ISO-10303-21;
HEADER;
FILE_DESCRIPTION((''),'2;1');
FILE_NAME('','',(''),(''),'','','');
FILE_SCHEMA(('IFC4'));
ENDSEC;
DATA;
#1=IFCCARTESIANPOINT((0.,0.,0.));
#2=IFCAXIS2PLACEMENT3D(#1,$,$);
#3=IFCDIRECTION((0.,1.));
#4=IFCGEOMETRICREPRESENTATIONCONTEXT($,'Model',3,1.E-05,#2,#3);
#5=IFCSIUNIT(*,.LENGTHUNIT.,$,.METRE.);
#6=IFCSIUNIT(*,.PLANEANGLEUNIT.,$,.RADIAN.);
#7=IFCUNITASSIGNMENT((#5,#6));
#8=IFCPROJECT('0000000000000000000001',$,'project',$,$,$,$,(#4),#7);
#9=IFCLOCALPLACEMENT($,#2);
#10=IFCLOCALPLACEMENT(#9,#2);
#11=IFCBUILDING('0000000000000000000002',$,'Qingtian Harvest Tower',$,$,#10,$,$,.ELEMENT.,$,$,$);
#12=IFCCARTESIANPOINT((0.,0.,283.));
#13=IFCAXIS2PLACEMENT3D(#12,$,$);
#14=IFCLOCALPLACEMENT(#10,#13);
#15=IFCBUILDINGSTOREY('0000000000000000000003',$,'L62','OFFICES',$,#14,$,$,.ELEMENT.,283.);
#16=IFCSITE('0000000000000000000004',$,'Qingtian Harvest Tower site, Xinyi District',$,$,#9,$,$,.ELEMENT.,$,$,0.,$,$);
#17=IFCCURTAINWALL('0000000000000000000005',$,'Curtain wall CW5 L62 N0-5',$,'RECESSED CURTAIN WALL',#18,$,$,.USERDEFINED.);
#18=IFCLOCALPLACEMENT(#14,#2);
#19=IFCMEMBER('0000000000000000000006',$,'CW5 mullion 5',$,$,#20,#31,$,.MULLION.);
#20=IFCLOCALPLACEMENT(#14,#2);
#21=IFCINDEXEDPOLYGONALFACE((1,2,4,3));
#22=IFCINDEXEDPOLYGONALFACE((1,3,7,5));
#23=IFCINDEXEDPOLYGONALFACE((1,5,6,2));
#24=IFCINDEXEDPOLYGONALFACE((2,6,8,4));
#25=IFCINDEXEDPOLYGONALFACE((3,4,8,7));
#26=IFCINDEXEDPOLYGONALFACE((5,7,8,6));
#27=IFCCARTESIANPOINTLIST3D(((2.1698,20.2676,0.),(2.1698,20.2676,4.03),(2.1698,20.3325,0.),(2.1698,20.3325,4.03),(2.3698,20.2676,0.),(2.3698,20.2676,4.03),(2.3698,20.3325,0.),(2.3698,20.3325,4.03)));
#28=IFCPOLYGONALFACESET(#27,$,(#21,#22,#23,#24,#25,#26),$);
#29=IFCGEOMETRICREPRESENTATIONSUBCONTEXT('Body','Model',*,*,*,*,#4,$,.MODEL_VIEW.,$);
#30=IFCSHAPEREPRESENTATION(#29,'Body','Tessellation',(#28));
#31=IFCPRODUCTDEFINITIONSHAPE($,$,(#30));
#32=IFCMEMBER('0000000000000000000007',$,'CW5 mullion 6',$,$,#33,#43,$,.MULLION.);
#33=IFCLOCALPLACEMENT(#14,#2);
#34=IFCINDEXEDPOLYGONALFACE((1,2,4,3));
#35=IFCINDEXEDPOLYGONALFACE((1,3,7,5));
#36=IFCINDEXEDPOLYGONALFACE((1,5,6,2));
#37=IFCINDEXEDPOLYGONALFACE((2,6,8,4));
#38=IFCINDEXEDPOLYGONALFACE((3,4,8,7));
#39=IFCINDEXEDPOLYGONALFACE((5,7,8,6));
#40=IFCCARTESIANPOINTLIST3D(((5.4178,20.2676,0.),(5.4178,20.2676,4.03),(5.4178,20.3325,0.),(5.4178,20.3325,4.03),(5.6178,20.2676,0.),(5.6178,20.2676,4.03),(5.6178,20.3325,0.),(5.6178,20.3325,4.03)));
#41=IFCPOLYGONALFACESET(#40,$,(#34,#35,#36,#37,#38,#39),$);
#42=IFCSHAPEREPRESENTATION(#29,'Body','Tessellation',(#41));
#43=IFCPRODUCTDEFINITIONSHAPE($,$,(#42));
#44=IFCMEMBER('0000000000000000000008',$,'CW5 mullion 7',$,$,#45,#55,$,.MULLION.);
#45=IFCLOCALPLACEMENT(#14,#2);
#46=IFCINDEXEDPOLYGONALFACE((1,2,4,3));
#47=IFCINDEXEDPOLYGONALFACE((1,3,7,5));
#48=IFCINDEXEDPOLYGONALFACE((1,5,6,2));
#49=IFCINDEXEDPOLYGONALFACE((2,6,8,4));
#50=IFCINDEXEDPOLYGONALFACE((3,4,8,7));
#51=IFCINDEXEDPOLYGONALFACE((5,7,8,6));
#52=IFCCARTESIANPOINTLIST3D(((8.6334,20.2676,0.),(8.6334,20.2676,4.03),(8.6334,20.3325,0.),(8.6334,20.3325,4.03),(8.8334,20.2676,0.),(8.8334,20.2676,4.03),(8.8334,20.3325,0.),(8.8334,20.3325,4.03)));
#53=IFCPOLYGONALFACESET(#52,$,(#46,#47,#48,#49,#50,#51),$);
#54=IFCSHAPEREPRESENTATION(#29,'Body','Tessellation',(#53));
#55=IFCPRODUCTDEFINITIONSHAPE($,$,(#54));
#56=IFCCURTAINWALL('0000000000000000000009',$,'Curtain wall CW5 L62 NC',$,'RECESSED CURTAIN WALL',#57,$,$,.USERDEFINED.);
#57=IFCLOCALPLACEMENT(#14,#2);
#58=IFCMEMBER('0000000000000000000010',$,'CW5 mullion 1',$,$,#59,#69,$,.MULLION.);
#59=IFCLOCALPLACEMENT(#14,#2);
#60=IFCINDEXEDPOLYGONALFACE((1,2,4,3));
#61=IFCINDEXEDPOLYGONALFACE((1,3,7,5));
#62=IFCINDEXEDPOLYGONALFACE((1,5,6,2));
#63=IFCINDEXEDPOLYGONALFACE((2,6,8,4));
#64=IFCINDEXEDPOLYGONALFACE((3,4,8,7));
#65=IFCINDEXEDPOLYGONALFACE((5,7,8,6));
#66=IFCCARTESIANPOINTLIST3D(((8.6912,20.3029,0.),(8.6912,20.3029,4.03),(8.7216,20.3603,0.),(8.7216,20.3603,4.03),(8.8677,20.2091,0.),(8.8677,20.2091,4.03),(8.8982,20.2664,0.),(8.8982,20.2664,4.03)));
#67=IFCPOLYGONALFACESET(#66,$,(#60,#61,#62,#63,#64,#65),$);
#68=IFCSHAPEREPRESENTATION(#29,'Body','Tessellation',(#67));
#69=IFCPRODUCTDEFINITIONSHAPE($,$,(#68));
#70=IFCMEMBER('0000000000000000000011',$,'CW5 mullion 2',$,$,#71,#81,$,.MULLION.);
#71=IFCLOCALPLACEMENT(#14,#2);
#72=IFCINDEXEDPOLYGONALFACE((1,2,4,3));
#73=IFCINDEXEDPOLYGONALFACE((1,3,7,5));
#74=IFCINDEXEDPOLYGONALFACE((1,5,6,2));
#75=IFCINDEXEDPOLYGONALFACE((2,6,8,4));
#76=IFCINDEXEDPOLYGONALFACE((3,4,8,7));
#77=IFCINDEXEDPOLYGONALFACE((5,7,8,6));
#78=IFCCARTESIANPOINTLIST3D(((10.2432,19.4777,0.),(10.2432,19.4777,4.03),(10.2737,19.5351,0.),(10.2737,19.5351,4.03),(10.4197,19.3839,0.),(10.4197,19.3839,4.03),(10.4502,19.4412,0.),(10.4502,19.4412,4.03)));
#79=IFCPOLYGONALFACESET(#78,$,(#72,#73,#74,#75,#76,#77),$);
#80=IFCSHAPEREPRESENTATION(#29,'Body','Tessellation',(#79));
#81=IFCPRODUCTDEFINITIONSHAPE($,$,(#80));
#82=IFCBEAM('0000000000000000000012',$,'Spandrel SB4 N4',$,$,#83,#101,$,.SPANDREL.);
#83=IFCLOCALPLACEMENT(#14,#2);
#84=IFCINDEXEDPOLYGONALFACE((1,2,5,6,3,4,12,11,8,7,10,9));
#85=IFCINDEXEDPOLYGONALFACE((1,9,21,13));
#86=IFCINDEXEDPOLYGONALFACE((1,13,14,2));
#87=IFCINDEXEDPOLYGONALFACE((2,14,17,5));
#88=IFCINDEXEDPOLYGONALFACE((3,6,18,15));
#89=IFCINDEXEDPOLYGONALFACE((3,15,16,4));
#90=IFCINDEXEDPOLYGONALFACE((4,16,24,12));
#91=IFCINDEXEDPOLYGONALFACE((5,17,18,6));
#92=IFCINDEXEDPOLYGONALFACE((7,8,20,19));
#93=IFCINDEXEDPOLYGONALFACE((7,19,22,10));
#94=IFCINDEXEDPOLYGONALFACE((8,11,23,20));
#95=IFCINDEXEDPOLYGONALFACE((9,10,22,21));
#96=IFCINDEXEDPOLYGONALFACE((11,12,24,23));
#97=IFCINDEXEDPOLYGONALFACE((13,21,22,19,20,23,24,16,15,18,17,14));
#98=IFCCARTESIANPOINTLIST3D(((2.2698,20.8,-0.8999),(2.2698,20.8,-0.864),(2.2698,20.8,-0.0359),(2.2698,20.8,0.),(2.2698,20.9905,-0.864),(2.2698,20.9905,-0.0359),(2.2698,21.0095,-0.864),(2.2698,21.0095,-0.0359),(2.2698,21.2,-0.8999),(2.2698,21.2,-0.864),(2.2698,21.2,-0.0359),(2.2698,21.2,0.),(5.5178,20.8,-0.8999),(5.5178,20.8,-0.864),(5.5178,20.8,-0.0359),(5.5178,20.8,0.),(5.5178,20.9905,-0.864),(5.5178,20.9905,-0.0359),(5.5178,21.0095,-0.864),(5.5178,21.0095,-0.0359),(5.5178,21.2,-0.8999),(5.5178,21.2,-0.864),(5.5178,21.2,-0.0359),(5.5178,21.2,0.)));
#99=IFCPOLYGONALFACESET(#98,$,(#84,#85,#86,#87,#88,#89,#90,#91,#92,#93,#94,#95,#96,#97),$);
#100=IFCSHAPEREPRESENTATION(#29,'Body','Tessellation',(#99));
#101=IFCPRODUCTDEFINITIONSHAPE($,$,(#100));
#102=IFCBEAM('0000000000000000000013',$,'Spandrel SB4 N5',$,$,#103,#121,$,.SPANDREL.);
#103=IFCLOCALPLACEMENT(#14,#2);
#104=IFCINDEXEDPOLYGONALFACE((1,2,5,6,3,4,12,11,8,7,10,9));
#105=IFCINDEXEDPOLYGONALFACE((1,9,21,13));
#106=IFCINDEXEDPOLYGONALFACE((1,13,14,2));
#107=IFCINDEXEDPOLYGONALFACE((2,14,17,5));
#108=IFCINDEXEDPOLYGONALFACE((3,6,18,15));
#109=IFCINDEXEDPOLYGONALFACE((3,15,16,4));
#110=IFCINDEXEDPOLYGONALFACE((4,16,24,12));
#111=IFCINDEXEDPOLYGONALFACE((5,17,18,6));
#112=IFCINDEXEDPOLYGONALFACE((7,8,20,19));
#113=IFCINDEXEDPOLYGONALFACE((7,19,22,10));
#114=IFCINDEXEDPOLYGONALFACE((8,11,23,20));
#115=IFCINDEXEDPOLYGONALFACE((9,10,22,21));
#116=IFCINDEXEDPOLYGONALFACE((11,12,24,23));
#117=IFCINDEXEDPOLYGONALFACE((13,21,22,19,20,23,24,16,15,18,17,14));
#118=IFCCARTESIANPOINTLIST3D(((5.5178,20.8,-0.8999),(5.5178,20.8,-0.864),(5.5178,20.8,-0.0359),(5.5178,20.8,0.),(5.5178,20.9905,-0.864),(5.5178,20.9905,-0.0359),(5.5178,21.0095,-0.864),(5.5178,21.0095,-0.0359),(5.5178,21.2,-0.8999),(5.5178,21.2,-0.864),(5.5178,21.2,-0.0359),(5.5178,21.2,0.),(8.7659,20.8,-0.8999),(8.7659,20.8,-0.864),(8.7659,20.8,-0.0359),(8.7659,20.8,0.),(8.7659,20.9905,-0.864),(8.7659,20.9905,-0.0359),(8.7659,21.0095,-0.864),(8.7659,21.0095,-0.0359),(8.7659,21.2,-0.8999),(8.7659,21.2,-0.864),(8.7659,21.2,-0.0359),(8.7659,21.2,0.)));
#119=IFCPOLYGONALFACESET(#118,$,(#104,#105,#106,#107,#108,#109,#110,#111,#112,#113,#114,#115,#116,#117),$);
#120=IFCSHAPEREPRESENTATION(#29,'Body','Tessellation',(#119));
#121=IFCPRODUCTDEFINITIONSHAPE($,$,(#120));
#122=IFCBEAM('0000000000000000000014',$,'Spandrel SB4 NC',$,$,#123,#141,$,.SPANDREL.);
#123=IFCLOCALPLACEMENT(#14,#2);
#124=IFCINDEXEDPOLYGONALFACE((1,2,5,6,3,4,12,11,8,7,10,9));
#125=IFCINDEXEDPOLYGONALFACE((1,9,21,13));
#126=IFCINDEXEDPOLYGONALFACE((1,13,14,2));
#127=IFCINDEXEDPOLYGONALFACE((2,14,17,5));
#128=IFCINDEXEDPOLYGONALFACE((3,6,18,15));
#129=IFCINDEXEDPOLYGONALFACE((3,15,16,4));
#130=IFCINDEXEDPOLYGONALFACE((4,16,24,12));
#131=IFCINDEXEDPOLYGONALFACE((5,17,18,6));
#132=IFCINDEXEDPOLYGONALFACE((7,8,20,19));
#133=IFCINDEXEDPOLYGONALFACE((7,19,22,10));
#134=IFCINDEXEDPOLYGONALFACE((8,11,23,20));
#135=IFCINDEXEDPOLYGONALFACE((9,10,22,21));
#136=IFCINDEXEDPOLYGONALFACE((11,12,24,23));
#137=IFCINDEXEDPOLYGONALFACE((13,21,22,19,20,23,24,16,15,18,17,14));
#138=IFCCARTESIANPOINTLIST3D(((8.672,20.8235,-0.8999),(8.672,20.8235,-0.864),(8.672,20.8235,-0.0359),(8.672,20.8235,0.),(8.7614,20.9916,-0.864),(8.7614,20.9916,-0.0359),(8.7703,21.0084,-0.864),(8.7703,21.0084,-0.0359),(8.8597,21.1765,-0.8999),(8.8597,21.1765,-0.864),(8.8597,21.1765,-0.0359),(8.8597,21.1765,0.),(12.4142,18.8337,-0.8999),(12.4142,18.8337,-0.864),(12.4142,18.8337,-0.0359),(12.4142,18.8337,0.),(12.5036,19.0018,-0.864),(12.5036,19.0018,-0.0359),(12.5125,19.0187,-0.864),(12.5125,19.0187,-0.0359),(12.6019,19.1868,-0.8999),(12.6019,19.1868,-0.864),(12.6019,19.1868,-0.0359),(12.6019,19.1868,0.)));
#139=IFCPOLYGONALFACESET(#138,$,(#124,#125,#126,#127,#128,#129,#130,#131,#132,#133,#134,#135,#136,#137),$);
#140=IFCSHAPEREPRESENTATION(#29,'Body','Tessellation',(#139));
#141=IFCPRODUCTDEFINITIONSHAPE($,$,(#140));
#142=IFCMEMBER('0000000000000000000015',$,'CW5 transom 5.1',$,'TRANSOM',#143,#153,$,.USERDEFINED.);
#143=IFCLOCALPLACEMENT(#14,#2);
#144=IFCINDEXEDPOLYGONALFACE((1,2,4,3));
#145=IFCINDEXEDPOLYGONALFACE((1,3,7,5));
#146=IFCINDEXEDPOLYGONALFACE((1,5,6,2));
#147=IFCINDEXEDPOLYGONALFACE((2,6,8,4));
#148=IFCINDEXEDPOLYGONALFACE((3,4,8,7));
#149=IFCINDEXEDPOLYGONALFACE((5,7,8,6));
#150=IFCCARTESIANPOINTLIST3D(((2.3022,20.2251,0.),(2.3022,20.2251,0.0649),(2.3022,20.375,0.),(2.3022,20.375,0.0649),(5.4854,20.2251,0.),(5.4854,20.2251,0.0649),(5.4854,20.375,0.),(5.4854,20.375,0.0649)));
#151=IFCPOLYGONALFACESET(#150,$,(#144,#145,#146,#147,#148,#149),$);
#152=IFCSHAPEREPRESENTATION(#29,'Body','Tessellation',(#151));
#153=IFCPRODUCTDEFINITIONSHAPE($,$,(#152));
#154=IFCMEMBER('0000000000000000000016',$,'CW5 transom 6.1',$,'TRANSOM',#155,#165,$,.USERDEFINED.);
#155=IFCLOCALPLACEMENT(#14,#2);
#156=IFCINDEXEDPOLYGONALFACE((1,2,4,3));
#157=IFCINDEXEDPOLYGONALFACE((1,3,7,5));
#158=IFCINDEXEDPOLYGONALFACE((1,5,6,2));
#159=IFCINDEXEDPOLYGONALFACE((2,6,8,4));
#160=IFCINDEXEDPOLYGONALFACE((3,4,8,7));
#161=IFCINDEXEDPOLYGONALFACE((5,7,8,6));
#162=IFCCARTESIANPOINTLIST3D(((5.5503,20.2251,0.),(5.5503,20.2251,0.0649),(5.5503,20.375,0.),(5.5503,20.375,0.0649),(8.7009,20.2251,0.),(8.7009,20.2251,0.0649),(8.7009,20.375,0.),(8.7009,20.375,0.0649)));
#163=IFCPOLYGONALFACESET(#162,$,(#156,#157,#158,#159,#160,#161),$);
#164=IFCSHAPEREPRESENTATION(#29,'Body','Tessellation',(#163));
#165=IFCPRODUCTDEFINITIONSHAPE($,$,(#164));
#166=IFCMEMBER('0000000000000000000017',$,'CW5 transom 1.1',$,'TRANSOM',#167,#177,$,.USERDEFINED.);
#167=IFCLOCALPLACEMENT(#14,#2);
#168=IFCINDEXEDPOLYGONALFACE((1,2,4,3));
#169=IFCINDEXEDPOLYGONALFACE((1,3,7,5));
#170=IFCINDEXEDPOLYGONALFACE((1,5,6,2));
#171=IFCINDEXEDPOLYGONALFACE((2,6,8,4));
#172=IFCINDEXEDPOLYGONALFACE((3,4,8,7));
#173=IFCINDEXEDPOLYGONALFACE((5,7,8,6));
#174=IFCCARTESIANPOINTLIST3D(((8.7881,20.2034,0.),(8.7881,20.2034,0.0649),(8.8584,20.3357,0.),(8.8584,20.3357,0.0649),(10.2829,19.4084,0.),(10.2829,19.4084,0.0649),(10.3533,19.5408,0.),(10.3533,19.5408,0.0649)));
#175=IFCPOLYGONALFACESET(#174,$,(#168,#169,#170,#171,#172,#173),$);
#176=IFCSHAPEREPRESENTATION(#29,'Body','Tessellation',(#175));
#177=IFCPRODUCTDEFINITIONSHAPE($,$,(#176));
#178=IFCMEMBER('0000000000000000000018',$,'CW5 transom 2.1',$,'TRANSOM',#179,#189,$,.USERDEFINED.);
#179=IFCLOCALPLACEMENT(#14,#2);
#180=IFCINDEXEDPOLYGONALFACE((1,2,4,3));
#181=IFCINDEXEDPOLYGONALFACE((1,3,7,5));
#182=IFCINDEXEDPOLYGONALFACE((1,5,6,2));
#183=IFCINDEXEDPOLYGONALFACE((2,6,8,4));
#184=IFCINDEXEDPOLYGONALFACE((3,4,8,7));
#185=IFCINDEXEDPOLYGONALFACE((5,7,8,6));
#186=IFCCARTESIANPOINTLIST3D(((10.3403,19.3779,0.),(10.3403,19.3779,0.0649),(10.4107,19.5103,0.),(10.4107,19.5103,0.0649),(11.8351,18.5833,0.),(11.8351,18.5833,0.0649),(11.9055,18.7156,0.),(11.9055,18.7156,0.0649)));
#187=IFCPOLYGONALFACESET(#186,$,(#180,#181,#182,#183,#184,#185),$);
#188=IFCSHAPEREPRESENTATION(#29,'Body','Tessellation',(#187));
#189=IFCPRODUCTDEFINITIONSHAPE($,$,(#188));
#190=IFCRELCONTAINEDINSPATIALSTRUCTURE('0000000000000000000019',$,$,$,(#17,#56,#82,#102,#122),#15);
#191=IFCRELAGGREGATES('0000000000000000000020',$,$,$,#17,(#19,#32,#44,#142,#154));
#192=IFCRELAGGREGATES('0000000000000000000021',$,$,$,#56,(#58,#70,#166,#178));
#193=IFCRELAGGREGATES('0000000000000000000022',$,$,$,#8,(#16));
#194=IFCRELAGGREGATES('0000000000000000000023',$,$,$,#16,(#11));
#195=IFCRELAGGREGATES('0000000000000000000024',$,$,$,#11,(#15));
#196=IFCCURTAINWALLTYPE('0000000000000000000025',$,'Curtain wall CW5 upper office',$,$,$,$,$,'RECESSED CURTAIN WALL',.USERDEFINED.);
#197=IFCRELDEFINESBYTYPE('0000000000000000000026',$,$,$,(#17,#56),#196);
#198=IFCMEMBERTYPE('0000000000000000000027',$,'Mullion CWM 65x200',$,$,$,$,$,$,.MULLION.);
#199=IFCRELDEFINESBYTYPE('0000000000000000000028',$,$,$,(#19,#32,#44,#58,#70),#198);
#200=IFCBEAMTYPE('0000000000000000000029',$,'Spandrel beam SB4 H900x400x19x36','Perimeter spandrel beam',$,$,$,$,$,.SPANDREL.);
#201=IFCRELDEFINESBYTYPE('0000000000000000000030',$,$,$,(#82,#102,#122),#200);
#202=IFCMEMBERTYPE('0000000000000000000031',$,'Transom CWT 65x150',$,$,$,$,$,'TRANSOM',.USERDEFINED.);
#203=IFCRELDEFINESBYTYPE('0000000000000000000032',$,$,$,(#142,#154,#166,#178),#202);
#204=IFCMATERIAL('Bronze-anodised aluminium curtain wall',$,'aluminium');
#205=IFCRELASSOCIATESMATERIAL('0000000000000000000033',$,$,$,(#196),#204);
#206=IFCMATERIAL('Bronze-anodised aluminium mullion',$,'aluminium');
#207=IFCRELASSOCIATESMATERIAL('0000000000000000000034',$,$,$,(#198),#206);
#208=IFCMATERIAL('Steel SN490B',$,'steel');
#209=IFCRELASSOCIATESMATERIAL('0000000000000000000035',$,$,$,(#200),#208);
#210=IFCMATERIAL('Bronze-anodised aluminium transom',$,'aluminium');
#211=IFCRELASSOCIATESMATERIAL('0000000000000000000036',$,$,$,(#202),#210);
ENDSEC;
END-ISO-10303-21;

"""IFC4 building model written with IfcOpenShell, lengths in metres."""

from ifc_helpers import new_model, si_unit, direction, frame, origin, origin_2d, place, context, subcontext, project, spatial, rectangle, i_section, extrude, material, material_profile, profile_set, type_object, element, aggregate, save


model = new_model("IFC4")

# Units and contexts
model_context = context("Model", 3, precision=1e-05, world=origin(), true_north=direction((0.0, 1.0)))
body_context = subcontext(model_context, "Body", "Model", "MODEL_VIEW")
ifc_project = project(units=[si_unit("LENGTHUNIT", "METRE"), si_unit("PLANEANGLEUNIT", "RADIAN")], contexts=[model_context])

# Site, building, storey
site_placement = place(None, origin())
site = spatial("IfcSite", under=ifc_project, at=site_placement, Name="Qingtian Harvest Tower site, Xinyi District", CompositionType="ELEMENT", RefElevation=0.0)
building_placement = place(site_placement, origin())
building = spatial("IfcBuilding", under=site, at=building_placement, Name="Qingtian Harvest Tower", CompositionType="ELEMENT")
storey_placement = place(building_placement, frame((0.0, 0.0, 283.0)))
storey = spatial("IfcBuildingStorey", under=building, at=storey_placement, Name="L62", Description="OFFICES", CompositionType="ELEMENT", Elevation=283.0)

# Curtain walls, members
ifc_material_1 = material(Name="Bronze-anodised aluminium curtain wall", Category="aluminium")
curtain_wall_type = type_object("IfcCurtainWallType", Name="Curtain wall CW5 upper office", ElementType="RECESSED CURTAIN WALL", PredefinedType="USERDEFINED", material=ifc_material_1)
curtain_wall_1_placement = place(storey_placement, origin())
curtain_wall_1 = element("IfcCurtainWall", 1, at=curtain_wall_1_placement, inside=storey, type_object=curtain_wall_type, Name="Curtain wall CW5 L62 N0-5", ObjectType="RECESSED CURTAIN WALL", PredefinedType="USERDEFINED")
ifc_material_2 = material(Name="Bronze-anodised aluminium mullion", Category="aluminium")
ifc_material_profile_1 = material_profile(ifc_material_2, rectangle(XDim=0.0649, YDim=0.2, at=origin_2d()), Name="AL 65x200")
ifc_profile_set_1 = profile_set([ifc_material_profile_1], Name="Bronze-anodised aluminium mullion")
member_type_1 = type_object("IfcMemberType", Name="Mullion CWM 65x200", PredefinedType="MULLION", material=ifc_profile_set_1)
member_1_placement = place(storey_placement, frame((2.2698, 20.3, 0.0), z_axis=(0.0, 0.0, 1.0), x_axis=(0.0, 1.0, 0.0)))
member_1 = element("IfcMember", 2, at=member_1_placement, type_object=member_type_1, Name="CW5 mullion 5", PredefinedType="MULLION", context=body_context, shape_type="SweptSolid", body=[
    extrude(rectangle(XDim=0.0649, YDim=0.2, at=origin_2d()), origin(), (0.0, 0.0, 1.0), 4.03),
])
member_2_placement = place(storey_placement, frame((5.5178, 20.3, 0.0), z_axis=(0.0, 0.0, 1.0), x_axis=(0.0, 1.0, 0.0)))
member_2 = element("IfcMember", 3, at=member_2_placement, type_object=member_type_1, Name="CW5 mullion 6", PredefinedType="MULLION", context=body_context, shape_type="SweptSolid", body=[
    extrude(rectangle(XDim=0.0649, YDim=0.2, at=origin_2d()), origin(), (0.0, 0.0, 1.0), 4.03),
])
member_3_placement = place(storey_placement, frame((8.7334, 20.3, 0.0), z_axis=(0.0, 0.0, 1.0), x_axis=(0.0, 1.0, 0.0)))
member_3 = element("IfcMember", 4, at=member_3_placement, type_object=member_type_1, Name="CW5 mullion 7", PredefinedType="MULLION", context=body_context, shape_type="SweptSolid", body=[
    extrude(rectangle(XDim=0.0649, YDim=0.2, at=origin_2d()), origin(), (0.0, 0.0, 1.0), 4.03),
])
curtain_wall_2_placement = place(storey_placement, origin())
curtain_wall_2 = element("IfcCurtainWall", 5, at=curtain_wall_2_placement, inside=storey, type_object=curtain_wall_type, Name="Curtain wall CW5 L62 NC", ObjectType="RECESSED CURTAIN WALL", PredefinedType="USERDEFINED")
member_4_placement = place(storey_placement, frame((8.7947, 20.2847, 0.0), z_axis=(0.0, 0.0, 1.0), x_axis=(0.469472, 0.882948, 0.0)))
member_4 = element("IfcMember", 6, at=member_4_placement, type_object=member_type_1, Name="CW5 mullion 1", PredefinedType="MULLION", context=body_context, shape_type="SweptSolid", body=[
    extrude(rectangle(XDim=0.0649, YDim=0.2, at=origin_2d()), origin(), (0.0, 0.0, 1.0), 4.03),
])
member_5_placement = place(storey_placement, frame((10.3467, 19.4595, 0.0), z_axis=(0.0, 0.0, 1.0), x_axis=(0.469472, 0.882948, 0.0)))
member_5 = element("IfcMember", 7, at=member_5_placement, type_object=member_type_1, Name="CW5 mullion 2", PredefinedType="MULLION", context=body_context, shape_type="SweptSolid", body=[
    extrude(rectangle(XDim=0.0649, YDim=0.2, at=origin_2d()), origin(), (0.0, 0.0, 1.0), 4.03),
])

# Beams
ifc_material_3 = material(Name="Steel SN490B", Category="steel")
ifc_material_profile_2 = material_profile(ifc_material_3, i_section(OverallWidth=0.3999, OverallDepth=0.8999, WebThickness=0.019, FlangeThickness=0.0359, at=origin_2d()), Name="H900x400x19x36")
ifc_profile_set_2 = profile_set([ifc_material_profile_2], Name="Steel SN490B")
beam_type_1 = type_object("IfcBeamType", Name="Spandrel beam SB4 H900x400x19x36", Description="Perimeter spandrel beam", PredefinedType="SPANDREL", material=ifc_profile_set_2)
for number, where, z_axis, x_axis, name in (
    (8, (2.2698, 21.0, -0.45), (1.0, 0.0, 0.0), (0.0, 1.0, 0.0), "Spandrel SB4 N4"),
    (9, (5.5178, 21.0, -0.45), (1.0, 0.0, 0.0), (0.0, 1.0, 0.0), "Spandrel SB4 N5"),
):
    element("IfcBeam", number, at=place(storey_placement, frame(where, z_axis=z_axis, x_axis=x_axis)), inside=storey, type_object=beam_type_1, Name=name, PredefinedType="SPANDREL", context=body_context, shape_type="SweptSolid", body=[
        extrude(i_section(OverallWidth=0.3999, OverallDepth=0.8999, WebThickness=0.019, FlangeThickness=0.0359, at=origin_2d()), origin(), (0.0, 0.0, 1.0), 3.248),
    ])
beam_1_placement = place(storey_placement, frame((8.7659, 21.0, -0.45), z_axis=(0.882949, -0.46947, 0.0), x_axis=(0.46947, 0.882949, 0.0)))
element("IfcBeam", 10, at=beam_1_placement, inside=storey, type_object=beam_type_1, Name="Spandrel SB4 NC", PredefinedType="SPANDREL", context=body_context, shape_type="SweptSolid", body=[
    extrude(i_section(OverallWidth=0.3999, OverallDepth=0.8999, WebThickness=0.019, FlangeThickness=0.0359, at=origin_2d()), origin(), (0.0, 0.0, 1.0), 4.2383),
])

# Members
ifc_material_4 = material(Name="Bronze-anodised aluminium transom", Category="aluminium")
ifc_material_profile_3 = material_profile(ifc_material_4, rectangle(XDim=0.1499, YDim=0.0649, at=origin_2d()), Name="AL 65x150")
ifc_profile_set_3 = profile_set([ifc_material_profile_3], Name="Bronze-anodised aluminium transom")
member_type_2 = type_object("IfcMemberType", Name="Transom CWT 65x150", ElementType="TRANSOM", PredefinedType="USERDEFINED", material=ifc_profile_set_3)
member_6_placement = place(storey_placement, frame((2.3022, 20.3, 0.0325), z_axis=(1.0, 0.0, 0.0), x_axis=(0.0, 1.0, 0.0)))
member_6 = element("IfcMember", 11, at=member_6_placement, type_object=member_type_2, Name="CW5 transom 5.1", ObjectType="TRANSOM", PredefinedType="USERDEFINED", context=body_context, shape_type="SweptSolid", body=[
    extrude(rectangle(XDim=0.1499, YDim=0.0649, at=origin_2d()), origin(), (0.0, 0.0, 1.0), 3.1831),
])
member_7_placement = place(storey_placement, frame((5.5503, 20.3, 0.0325), z_axis=(1.0, 0.0, 0.0), x_axis=(0.0, 1.0, 0.0)))
member_7 = element("IfcMember", 12, at=member_7_placement, type_object=member_type_2, Name="CW5 transom 6.1", ObjectType="TRANSOM", PredefinedType="USERDEFINED", context=body_context, shape_type="SweptSolid", body=[
    extrude(rectangle(XDim=0.1499, YDim=0.0649, at=origin_2d()), origin(), (0.0, 0.0, 1.0), 3.1506),
])
member_8_placement = place(storey_placement, frame((8.8232, 20.2695, 0.0325), z_axis=(0.882927, -0.46951, 0.0), x_axis=(0.46951, 0.882927, 0.0)))
member_8 = element("IfcMember", 13, at=member_8_placement, type_object=member_type_2, Name="CW5 transom 1.1", ObjectType="TRANSOM", PredefinedType="USERDEFINED", context=body_context, shape_type="SweptSolid", body=[
    extrude(rectangle(XDim=0.1499, YDim=0.0649, at=origin_2d()), origin(), (0.0, 0.0, 1.0), 1.6931),
])
member_9_placement = place(storey_placement, frame((10.3755, 19.4441, 0.0325), z_axis=(0.882987, -0.469398, 0.0), x_axis=(0.469398, 0.882987, 0.0)))
member_9 = element("IfcMember", 14, at=member_9_placement, type_object=member_type_2, Name="CW5 transom 2.1", ObjectType="TRANSOM", PredefinedType="USERDEFINED", context=body_context, shape_type="SweptSolid", body=[
    extrude(rectangle(XDim=0.1499, YDim=0.0649, at=origin_2d()), origin(), (0.0, 0.0, 1.0), 1.6929),
])

aggregate(curtain_wall_1, [member_1, member_2, member_3, member_6, member_7])
aggregate(curtain_wall_2, [member_4, member_5, member_8, member_9])

save(model, "model.ifc")
